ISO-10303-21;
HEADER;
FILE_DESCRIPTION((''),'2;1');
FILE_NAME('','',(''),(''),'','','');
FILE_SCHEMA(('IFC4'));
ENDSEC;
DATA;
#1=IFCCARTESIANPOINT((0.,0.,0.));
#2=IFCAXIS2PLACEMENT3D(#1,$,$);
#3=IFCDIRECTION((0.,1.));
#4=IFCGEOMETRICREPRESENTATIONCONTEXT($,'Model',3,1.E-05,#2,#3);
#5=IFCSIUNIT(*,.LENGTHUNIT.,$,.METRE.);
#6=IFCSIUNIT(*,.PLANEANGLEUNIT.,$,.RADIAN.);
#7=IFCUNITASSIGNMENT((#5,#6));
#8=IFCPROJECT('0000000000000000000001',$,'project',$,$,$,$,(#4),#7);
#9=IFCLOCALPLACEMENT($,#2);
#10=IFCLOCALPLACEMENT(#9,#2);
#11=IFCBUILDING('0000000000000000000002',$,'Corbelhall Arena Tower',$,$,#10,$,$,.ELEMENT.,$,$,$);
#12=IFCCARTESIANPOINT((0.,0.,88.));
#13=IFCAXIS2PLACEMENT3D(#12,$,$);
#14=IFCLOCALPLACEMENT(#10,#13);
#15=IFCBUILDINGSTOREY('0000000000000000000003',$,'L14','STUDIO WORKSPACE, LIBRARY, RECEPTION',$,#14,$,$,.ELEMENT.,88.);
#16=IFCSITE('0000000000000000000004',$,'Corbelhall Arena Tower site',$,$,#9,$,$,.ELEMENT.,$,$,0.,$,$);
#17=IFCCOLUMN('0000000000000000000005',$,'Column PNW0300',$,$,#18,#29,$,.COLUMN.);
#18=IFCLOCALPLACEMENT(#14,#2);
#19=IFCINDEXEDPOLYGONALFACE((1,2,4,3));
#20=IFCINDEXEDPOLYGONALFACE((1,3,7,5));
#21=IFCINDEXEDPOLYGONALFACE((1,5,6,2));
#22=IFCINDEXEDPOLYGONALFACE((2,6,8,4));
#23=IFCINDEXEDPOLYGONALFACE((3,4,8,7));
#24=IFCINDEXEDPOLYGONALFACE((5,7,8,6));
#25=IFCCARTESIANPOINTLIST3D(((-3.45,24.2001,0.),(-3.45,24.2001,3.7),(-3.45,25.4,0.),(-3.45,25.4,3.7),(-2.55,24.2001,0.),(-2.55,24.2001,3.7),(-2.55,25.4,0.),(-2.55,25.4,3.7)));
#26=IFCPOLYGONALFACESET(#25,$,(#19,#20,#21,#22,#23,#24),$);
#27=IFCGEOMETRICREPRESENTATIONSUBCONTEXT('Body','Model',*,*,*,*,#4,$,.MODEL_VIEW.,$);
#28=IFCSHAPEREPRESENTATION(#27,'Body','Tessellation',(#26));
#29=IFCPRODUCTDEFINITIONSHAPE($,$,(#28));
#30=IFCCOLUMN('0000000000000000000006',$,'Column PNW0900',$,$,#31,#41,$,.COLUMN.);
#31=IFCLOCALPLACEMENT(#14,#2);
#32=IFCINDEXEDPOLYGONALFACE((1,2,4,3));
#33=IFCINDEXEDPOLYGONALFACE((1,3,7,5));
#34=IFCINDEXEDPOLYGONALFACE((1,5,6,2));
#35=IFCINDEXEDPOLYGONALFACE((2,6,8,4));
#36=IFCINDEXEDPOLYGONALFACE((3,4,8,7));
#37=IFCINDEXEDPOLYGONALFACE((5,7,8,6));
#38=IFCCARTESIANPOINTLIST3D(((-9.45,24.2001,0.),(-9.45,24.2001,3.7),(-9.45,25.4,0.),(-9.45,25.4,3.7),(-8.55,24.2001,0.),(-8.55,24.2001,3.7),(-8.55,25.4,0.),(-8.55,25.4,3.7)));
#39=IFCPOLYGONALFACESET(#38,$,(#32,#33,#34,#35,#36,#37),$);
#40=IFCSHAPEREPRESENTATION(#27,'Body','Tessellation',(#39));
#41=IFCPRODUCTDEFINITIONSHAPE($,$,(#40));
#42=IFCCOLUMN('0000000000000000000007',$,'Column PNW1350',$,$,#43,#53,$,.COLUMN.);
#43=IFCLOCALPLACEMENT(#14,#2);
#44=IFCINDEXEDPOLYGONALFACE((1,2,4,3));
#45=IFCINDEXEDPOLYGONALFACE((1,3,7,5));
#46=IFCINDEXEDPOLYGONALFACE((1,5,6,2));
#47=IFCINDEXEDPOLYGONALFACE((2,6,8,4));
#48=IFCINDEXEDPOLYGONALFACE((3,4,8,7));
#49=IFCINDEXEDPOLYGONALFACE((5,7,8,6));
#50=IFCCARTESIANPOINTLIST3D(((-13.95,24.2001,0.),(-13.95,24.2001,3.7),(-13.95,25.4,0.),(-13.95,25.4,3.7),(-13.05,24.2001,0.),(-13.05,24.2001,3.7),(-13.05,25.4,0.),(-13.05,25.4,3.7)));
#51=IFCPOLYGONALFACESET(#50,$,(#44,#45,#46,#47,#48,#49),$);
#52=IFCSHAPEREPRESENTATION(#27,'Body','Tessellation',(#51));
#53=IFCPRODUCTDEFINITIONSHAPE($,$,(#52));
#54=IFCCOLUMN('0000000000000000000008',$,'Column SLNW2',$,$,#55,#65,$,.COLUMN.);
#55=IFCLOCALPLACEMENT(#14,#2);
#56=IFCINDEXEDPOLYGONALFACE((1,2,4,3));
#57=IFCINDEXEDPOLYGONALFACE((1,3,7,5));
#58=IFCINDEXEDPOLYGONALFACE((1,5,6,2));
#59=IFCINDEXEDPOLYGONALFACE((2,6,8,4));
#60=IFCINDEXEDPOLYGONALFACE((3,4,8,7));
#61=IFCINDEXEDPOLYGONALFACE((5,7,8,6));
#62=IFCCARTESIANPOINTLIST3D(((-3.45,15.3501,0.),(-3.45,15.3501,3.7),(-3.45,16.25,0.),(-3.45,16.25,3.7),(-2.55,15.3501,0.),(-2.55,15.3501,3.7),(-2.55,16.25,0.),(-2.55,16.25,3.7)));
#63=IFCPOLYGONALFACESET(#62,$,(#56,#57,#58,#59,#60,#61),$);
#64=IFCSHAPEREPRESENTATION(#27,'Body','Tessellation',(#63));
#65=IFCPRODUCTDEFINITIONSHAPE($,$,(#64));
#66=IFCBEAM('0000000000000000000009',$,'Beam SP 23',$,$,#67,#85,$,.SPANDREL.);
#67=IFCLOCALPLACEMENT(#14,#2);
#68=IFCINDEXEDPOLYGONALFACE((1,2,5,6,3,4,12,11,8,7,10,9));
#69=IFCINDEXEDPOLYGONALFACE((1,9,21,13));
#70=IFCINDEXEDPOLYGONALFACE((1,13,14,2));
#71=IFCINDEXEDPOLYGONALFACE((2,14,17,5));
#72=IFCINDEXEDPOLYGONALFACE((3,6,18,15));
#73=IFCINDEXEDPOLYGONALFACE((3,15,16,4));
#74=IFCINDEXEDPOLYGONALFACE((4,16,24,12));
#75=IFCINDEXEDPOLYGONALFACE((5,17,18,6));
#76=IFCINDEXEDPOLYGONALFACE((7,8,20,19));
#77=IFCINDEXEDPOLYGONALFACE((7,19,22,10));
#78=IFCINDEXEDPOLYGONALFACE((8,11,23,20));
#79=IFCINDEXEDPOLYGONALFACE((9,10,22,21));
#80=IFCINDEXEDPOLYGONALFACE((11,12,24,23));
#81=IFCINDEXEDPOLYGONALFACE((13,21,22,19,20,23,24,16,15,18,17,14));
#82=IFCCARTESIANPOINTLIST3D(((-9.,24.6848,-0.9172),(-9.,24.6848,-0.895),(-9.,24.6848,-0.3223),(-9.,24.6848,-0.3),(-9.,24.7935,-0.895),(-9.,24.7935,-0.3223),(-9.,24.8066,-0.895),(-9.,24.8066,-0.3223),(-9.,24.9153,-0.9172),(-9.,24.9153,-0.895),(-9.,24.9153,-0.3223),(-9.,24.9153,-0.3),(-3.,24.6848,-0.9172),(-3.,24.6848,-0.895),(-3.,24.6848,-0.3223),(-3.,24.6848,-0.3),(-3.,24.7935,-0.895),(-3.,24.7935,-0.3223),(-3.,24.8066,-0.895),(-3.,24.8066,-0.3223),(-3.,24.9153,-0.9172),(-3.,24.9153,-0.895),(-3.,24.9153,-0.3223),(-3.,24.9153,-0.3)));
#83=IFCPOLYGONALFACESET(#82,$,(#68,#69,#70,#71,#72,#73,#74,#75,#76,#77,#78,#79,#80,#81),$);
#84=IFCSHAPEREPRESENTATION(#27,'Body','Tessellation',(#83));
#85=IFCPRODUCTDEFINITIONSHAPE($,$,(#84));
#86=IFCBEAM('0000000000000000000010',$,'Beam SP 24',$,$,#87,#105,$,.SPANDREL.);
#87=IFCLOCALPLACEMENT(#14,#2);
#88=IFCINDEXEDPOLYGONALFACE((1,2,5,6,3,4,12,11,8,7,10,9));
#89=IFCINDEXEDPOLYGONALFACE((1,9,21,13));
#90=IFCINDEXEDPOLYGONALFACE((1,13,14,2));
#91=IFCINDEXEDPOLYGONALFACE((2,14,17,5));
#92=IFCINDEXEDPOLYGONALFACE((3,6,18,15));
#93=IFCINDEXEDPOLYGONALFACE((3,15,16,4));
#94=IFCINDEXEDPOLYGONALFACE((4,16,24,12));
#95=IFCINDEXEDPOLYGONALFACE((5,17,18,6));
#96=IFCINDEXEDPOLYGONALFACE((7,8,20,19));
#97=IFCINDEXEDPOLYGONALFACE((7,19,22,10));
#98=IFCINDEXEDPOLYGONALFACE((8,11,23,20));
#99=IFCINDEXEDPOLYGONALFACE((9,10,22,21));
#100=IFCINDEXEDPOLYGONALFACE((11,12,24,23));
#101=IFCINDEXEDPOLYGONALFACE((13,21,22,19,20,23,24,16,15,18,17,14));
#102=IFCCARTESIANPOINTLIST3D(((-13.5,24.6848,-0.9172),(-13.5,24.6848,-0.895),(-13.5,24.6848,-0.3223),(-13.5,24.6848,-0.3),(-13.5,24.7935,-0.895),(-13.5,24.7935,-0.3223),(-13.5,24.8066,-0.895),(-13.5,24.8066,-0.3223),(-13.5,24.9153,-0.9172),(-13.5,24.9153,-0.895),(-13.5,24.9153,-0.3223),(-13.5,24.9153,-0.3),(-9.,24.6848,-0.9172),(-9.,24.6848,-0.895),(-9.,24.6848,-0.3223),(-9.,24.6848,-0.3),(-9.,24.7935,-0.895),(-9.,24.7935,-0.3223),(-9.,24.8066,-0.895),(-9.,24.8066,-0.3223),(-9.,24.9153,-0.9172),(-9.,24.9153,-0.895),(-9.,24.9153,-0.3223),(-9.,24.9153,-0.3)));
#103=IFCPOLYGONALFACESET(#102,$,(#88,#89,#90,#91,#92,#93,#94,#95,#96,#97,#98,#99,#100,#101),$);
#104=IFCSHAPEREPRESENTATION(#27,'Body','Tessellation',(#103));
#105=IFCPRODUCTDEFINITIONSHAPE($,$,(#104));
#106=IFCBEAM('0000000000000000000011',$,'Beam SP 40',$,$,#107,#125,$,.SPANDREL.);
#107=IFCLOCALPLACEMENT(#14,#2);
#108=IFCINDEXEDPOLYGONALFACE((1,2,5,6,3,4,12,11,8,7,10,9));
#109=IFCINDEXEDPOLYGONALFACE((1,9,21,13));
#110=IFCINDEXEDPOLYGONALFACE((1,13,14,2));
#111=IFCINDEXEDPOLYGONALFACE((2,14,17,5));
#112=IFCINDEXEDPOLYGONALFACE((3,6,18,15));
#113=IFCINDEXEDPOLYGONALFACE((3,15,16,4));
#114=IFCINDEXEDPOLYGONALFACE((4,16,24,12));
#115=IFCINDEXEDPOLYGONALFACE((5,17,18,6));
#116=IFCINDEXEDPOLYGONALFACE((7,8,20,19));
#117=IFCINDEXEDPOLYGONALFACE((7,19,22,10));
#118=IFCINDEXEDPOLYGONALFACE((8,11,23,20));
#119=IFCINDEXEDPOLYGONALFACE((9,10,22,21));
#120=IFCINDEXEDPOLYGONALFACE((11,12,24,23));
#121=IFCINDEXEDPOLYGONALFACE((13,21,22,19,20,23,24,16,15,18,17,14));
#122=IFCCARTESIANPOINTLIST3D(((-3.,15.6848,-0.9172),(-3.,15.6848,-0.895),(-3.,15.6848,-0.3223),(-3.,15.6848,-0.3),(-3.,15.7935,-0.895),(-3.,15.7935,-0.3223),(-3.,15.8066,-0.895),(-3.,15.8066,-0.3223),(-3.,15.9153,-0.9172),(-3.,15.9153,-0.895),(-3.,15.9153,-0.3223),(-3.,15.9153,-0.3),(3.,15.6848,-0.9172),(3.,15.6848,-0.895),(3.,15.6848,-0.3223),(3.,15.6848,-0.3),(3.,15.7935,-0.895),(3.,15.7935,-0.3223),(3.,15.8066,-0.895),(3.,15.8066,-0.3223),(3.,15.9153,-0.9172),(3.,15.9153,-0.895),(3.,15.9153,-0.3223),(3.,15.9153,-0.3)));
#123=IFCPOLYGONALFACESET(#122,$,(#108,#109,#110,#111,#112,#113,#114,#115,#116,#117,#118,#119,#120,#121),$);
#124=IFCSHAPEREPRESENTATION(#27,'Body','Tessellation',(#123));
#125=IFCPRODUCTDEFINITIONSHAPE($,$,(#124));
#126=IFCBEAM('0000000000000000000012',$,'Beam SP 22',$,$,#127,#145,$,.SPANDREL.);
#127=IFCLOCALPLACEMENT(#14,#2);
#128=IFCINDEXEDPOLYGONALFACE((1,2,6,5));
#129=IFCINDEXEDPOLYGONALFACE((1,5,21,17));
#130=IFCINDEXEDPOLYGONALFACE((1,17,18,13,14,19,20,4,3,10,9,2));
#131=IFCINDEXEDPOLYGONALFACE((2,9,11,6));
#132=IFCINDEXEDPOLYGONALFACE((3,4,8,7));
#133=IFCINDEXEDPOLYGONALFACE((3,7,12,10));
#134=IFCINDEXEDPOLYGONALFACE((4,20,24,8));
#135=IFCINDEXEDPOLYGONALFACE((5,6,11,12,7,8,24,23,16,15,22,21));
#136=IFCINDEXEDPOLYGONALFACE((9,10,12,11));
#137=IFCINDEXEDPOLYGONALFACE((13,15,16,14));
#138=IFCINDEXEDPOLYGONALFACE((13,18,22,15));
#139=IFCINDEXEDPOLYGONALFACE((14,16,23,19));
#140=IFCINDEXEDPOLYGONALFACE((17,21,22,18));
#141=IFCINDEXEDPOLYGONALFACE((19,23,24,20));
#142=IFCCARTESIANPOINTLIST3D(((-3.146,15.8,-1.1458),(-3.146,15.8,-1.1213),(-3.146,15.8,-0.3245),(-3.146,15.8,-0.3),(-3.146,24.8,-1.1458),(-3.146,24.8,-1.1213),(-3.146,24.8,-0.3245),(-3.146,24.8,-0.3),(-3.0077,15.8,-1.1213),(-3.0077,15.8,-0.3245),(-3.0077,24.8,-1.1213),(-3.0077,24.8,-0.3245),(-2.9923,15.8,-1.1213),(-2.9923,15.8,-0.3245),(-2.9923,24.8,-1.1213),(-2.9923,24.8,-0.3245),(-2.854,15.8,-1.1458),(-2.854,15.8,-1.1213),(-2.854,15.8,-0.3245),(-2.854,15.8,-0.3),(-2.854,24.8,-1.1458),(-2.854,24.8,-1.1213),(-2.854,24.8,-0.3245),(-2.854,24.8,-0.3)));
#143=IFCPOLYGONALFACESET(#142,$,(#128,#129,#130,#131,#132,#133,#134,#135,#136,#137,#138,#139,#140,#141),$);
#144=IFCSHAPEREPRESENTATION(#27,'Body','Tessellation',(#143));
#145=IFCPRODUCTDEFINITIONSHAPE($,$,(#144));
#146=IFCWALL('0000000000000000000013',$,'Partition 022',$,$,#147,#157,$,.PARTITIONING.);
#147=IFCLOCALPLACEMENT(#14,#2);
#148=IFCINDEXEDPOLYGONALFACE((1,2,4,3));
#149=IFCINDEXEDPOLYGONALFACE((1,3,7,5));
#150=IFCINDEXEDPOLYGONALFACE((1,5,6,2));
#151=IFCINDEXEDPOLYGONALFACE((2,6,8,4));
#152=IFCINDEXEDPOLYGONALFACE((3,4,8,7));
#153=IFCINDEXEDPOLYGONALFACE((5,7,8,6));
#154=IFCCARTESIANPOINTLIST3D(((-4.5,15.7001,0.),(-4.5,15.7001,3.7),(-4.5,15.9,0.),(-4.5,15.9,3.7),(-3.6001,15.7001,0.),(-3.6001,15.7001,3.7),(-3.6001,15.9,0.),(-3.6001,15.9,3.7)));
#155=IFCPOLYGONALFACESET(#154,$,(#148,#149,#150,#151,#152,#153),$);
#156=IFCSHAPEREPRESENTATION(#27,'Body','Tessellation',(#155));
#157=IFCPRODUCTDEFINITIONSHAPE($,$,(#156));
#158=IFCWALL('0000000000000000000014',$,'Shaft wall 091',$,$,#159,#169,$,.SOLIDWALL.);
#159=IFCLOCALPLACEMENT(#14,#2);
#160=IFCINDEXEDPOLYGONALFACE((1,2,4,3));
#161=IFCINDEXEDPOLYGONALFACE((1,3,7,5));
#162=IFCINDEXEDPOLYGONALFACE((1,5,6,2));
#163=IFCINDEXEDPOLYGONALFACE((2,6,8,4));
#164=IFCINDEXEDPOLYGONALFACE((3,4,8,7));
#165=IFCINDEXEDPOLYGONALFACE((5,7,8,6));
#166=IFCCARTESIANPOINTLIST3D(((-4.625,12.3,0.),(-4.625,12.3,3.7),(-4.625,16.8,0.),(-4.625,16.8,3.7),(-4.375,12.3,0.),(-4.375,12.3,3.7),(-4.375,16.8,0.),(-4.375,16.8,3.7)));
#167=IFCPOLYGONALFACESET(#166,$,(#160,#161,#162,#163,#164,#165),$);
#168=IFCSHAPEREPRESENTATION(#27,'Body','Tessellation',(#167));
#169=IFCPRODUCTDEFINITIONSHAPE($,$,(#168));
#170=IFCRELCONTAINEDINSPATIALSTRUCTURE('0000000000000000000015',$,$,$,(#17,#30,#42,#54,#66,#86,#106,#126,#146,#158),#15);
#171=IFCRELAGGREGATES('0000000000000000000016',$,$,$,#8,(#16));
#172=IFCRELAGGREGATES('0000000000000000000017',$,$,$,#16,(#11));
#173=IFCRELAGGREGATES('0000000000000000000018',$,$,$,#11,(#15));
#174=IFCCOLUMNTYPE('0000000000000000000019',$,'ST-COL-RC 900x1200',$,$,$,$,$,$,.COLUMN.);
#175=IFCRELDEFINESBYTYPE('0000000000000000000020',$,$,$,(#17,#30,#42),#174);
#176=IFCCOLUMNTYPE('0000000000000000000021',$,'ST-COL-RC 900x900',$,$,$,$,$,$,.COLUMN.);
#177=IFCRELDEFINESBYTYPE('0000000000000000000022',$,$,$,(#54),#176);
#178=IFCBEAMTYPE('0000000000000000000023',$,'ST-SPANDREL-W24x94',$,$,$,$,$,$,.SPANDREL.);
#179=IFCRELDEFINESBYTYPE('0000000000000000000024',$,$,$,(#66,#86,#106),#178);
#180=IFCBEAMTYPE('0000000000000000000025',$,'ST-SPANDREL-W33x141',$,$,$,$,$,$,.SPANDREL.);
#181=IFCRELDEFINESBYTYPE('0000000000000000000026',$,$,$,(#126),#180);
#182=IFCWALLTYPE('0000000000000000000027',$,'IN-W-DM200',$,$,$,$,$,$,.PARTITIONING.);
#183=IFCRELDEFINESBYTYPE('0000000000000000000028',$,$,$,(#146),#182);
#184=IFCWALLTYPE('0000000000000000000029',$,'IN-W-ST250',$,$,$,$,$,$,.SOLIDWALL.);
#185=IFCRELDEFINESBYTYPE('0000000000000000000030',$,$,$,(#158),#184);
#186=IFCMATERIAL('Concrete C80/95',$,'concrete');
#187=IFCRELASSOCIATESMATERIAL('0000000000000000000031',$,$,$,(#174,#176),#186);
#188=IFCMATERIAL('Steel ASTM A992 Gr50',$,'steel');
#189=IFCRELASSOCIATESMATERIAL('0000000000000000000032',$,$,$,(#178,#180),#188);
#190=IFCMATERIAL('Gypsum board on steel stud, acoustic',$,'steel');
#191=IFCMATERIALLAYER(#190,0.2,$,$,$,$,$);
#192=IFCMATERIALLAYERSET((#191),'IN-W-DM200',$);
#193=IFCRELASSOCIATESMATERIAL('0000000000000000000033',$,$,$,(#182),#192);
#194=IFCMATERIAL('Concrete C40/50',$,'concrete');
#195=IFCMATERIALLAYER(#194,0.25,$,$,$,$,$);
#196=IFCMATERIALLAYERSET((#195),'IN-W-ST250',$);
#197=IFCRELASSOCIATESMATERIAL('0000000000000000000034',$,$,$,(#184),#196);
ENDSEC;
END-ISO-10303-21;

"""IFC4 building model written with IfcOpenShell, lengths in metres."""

from ifc_helpers import new_model, si_unit, direction, frame, frame_2d, origin, origin_2d, place, context, subcontext, project, spatial, rectangle, i_section, extrude, material, layer, layer_set, material_profile, profile_set, type_object, element, save


model = new_model("IFC4")

# Units and contexts
model_context = context("Model", 3, precision=1e-05, world=origin(), true_north=direction((0.0, 1.0)))
body_context = subcontext(model_context, "Body", "Model", "MODEL_VIEW")
ifc_project = project(units=[si_unit("LENGTHUNIT", "METRE"), si_unit("PLANEANGLEUNIT", "RADIAN")], contexts=[model_context])

# Site, building, storey
site_placement = place(None, origin())
site = spatial("IfcSite", under=ifc_project, at=site_placement, Name="Corbelhall Arena Tower site", CompositionType="ELEMENT", RefElevation=0.0)
building_placement = place(site_placement, origin())
building = spatial("IfcBuilding", under=site, at=building_placement, Name="Corbelhall Arena Tower", CompositionType="ELEMENT")
storey_placement = place(building_placement, frame((0.0, 0.0, 88.0)))
storey = spatial("IfcBuildingStorey", under=building, at=storey_placement, Name="L14", Description="STUDIO WORKSPACE, LIBRARY, RECEPTION", CompositionType="ELEMENT", Elevation=88.0)

# Columns
ifc_material_1 = material(Name="Concrete C80/95", Category="concrete")
ifc_material_profile_1 = material_profile(ifc_material_1, rectangle(XDim=0.8999, YDim=1.2, at=origin_2d()))
ifc_profile_set_1 = profile_set([ifc_material_profile_1], Name="Concrete C80/95")
column_type_1 = type_object("IfcColumnType", Name="ST-COL-RC 900x1200", PredefinedType="COLUMN", material=ifc_profile_set_1)
for number, where, z_axis, x_axis, name in (
    (1, (-3.0, 24.8, 0.0), (0.0, 0.0, 1.0), (1.0, 0.0, 0.0), "Column PNW0300"),
    (2, (-9.0, 24.8, 0.0), (0.0, 0.0, 1.0), (1.0, 0.0, 0.0), "Column PNW0900"),
    (3, (-13.5, 24.8, 0.0), (0.0, 0.0, 1.0), (1.0, 0.0, 0.0), "Column PNW1350"),
):
    element("IfcColumn", number, at=place(storey_placement, frame(where, z_axis=z_axis, x_axis=x_axis)), inside=storey, type_object=column_type_1, Name=name, PredefinedType="COLUMN", context=body_context, shape_type="SweptSolid", body=[
        extrude(rectangle(XDim=0.8999, YDim=1.2, at=origin_2d()), origin(), (0.0, 0.0, 1.0), 3.7),
    ])
ifc_material_profile_2 = material_profile(ifc_material_1, rectangle(XDim=0.8999, YDim=0.8999, at=origin_2d()))
ifc_profile_set_2 = profile_set([ifc_material_profile_2], Name="Concrete C80/95")
column_type_2 = type_object("IfcColumnType", Name="ST-COL-RC 900x900", PredefinedType="COLUMN", material=ifc_profile_set_2)
column_placement = place(storey_placement, frame((-3.0, 15.8, 0.0), z_axis=(0.0, 0.0, 1.0), x_axis=(1.0, 0.0, 0.0)))
element("IfcColumn", 4, at=column_placement, inside=storey, type_object=column_type_2, Name="Column SLNW2", PredefinedType="COLUMN", context=body_context, shape_type="SweptSolid", body=[
    extrude(rectangle(XDim=0.8999, YDim=0.8999, at=origin_2d()), origin(), (0.0, 0.0, 1.0), 3.7),
])

# Beams
ifc_material_2 = material(Name="Steel ASTM A992 Gr50", Category="steel")
ifc_material_profile_3 = material_profile(ifc_material_2, i_section(OverallWidth=0.2305, OverallDepth=0.6172, WebThickness=0.0132, FlangeThickness=0.0222, at=origin_2d()))
ifc_profile_set_3 = profile_set([ifc_material_profile_3], Name="Steel ASTM A992 Gr50")
beam_type_1 = type_object("IfcBeamType", Name="ST-SPANDREL-W24x94", PredefinedType="SPANDREL", material=ifc_profile_set_3)
beam_1_placement = place(storey_placement, frame((-9.0, 24.8, -0.6086), z_axis=(1.0, 0.0, 0.0), x_axis=(0.0, 1.0, 0.0)))
element("IfcBeam", 5, at=beam_1_placement, inside=storey, type_object=beam_type_1, Name="Beam SP 23", PredefinedType="SPANDREL", context=body_context, shape_type="SweptSolid", body=[
    extrude(i_section(OverallWidth=0.2305, OverallDepth=0.6172, WebThickness=0.0132, FlangeThickness=0.0222, at=origin_2d()), origin(), (0.0, 0.0, 1.0), 6.0),
])
beam_2_placement = place(storey_placement, frame((-13.5, 24.8, -0.6086), z_axis=(1.0, 0.0, 0.0), x_axis=(0.0, 1.0, 0.0)))
element("IfcBeam", 6, at=beam_2_placement, inside=storey, type_object=beam_type_1, Name="Beam SP 24", PredefinedType="SPANDREL", context=body_context, shape_type="SweptSolid", body=[
    extrude(i_section(OverallWidth=0.2305, OverallDepth=0.6172, WebThickness=0.0132, FlangeThickness=0.0222, at=origin_2d()), origin(), (0.0, 0.0, 1.0), 4.5),
])
beam_3_placement = place(storey_placement, frame((-3.0, 15.8, -0.6086), z_axis=(1.0, 0.0, 0.0), x_axis=(0.0, 1.0, 0.0)))
element("IfcBeam", 7, at=beam_3_placement, inside=storey, type_object=beam_type_1, Name="Beam SP 40", PredefinedType="SPANDREL", context=body_context, shape_type="SweptSolid", body=[
    extrude(i_section(OverallWidth=0.2305, OverallDepth=0.6172, WebThickness=0.0132, FlangeThickness=0.0222, at=origin_2d()), origin(), (0.0, 0.0, 1.0), 6.0),
])
ifc_material_profile_4 = material_profile(ifc_material_2, i_section(OverallWidth=0.292, OverallDepth=0.8457, WebThickness=0.0154, FlangeThickness=0.0244, at=origin_2d()))
ifc_profile_set_4 = profile_set([ifc_material_profile_4], Name="Steel ASTM A992 Gr50")
beam_type_2 = type_object("IfcBeamType", Name="ST-SPANDREL-W33x141", PredefinedType="SPANDREL", material=ifc_profile_set_4)
beam_4_placement = place(storey_placement, frame((-3.0, 24.8, -0.7229), z_axis=(0.0, -1.0, 0.0), x_axis=(1.0, 0.0, 0.0)))
element("IfcBeam", 8, at=beam_4_placement, inside=storey, type_object=beam_type_2, Name="Beam SP 22", PredefinedType="SPANDREL", context=body_context, shape_type="SweptSolid", body=[
    extrude(i_section(OverallWidth=0.292, OverallDepth=0.8457, WebThickness=0.0154, FlangeThickness=0.0244, at=origin_2d()), origin(), (0.0, 0.0, 1.0), 9.0),
])

# Walls
ifc_material_3 = material(Name="Gypsum board on steel stud, acoustic", Category="steel")
ifc_layer_1 = layer(ifc_material_3, 0.2)
ifc_layer_set_1 = layer_set([ifc_layer_1], Name="IN-W-DM200")
wall_type_1 = type_object("IfcWallType", Name="IN-W-DM200", PredefinedType="PARTITIONING", material=ifc_layer_set_1)
wall_1_placement = place(storey_placement, frame((-4.5, 15.8, 0.0), z_axis=(0.0, 0.0, 1.0), x_axis=(1.0, 0.0, 0.0)))
element("IfcWall", 9, at=wall_1_placement, inside=storey, type_object=wall_type_1, Name="Partition 022", PredefinedType="PARTITIONING", context=body_context, shape_type="SweptSolid", body=[
    extrude(rectangle(XDim=0.8999, YDim=0.2, at=frame_2d((0.45, 0.0))), origin(), (0.0, 0.0, 1.0), 3.7),
])
ifc_material_4 = material(Name="Concrete C40/50", Category="concrete")
ifc_layer_2 = layer(ifc_material_4, 0.25)
ifc_layer_set_2 = layer_set([ifc_layer_2], Name="IN-W-ST250")
wall_type_2 = type_object("IfcWallType", Name="IN-W-ST250", PredefinedType="SOLIDWALL", material=ifc_layer_set_2)
wall_2_placement = place(storey_placement, frame((-4.5, 16.8, 0.0), z_axis=(0.0, 0.0, 1.0), x_axis=(0.0, -1.0, 0.0)))
element("IfcWall", 10, at=wall_2_placement, inside=storey, type_object=wall_type_2, Name="Shaft wall 091", PredefinedType="SOLIDWALL", context=body_context, shape_type="SweptSolid", body=[
    extrude(rectangle(XDim=4.5, YDim=0.25, at=frame_2d((2.25, 0.0))), origin(), (0.0, 0.0, 1.0), 3.7),
])

save(model, "model.ifc")
